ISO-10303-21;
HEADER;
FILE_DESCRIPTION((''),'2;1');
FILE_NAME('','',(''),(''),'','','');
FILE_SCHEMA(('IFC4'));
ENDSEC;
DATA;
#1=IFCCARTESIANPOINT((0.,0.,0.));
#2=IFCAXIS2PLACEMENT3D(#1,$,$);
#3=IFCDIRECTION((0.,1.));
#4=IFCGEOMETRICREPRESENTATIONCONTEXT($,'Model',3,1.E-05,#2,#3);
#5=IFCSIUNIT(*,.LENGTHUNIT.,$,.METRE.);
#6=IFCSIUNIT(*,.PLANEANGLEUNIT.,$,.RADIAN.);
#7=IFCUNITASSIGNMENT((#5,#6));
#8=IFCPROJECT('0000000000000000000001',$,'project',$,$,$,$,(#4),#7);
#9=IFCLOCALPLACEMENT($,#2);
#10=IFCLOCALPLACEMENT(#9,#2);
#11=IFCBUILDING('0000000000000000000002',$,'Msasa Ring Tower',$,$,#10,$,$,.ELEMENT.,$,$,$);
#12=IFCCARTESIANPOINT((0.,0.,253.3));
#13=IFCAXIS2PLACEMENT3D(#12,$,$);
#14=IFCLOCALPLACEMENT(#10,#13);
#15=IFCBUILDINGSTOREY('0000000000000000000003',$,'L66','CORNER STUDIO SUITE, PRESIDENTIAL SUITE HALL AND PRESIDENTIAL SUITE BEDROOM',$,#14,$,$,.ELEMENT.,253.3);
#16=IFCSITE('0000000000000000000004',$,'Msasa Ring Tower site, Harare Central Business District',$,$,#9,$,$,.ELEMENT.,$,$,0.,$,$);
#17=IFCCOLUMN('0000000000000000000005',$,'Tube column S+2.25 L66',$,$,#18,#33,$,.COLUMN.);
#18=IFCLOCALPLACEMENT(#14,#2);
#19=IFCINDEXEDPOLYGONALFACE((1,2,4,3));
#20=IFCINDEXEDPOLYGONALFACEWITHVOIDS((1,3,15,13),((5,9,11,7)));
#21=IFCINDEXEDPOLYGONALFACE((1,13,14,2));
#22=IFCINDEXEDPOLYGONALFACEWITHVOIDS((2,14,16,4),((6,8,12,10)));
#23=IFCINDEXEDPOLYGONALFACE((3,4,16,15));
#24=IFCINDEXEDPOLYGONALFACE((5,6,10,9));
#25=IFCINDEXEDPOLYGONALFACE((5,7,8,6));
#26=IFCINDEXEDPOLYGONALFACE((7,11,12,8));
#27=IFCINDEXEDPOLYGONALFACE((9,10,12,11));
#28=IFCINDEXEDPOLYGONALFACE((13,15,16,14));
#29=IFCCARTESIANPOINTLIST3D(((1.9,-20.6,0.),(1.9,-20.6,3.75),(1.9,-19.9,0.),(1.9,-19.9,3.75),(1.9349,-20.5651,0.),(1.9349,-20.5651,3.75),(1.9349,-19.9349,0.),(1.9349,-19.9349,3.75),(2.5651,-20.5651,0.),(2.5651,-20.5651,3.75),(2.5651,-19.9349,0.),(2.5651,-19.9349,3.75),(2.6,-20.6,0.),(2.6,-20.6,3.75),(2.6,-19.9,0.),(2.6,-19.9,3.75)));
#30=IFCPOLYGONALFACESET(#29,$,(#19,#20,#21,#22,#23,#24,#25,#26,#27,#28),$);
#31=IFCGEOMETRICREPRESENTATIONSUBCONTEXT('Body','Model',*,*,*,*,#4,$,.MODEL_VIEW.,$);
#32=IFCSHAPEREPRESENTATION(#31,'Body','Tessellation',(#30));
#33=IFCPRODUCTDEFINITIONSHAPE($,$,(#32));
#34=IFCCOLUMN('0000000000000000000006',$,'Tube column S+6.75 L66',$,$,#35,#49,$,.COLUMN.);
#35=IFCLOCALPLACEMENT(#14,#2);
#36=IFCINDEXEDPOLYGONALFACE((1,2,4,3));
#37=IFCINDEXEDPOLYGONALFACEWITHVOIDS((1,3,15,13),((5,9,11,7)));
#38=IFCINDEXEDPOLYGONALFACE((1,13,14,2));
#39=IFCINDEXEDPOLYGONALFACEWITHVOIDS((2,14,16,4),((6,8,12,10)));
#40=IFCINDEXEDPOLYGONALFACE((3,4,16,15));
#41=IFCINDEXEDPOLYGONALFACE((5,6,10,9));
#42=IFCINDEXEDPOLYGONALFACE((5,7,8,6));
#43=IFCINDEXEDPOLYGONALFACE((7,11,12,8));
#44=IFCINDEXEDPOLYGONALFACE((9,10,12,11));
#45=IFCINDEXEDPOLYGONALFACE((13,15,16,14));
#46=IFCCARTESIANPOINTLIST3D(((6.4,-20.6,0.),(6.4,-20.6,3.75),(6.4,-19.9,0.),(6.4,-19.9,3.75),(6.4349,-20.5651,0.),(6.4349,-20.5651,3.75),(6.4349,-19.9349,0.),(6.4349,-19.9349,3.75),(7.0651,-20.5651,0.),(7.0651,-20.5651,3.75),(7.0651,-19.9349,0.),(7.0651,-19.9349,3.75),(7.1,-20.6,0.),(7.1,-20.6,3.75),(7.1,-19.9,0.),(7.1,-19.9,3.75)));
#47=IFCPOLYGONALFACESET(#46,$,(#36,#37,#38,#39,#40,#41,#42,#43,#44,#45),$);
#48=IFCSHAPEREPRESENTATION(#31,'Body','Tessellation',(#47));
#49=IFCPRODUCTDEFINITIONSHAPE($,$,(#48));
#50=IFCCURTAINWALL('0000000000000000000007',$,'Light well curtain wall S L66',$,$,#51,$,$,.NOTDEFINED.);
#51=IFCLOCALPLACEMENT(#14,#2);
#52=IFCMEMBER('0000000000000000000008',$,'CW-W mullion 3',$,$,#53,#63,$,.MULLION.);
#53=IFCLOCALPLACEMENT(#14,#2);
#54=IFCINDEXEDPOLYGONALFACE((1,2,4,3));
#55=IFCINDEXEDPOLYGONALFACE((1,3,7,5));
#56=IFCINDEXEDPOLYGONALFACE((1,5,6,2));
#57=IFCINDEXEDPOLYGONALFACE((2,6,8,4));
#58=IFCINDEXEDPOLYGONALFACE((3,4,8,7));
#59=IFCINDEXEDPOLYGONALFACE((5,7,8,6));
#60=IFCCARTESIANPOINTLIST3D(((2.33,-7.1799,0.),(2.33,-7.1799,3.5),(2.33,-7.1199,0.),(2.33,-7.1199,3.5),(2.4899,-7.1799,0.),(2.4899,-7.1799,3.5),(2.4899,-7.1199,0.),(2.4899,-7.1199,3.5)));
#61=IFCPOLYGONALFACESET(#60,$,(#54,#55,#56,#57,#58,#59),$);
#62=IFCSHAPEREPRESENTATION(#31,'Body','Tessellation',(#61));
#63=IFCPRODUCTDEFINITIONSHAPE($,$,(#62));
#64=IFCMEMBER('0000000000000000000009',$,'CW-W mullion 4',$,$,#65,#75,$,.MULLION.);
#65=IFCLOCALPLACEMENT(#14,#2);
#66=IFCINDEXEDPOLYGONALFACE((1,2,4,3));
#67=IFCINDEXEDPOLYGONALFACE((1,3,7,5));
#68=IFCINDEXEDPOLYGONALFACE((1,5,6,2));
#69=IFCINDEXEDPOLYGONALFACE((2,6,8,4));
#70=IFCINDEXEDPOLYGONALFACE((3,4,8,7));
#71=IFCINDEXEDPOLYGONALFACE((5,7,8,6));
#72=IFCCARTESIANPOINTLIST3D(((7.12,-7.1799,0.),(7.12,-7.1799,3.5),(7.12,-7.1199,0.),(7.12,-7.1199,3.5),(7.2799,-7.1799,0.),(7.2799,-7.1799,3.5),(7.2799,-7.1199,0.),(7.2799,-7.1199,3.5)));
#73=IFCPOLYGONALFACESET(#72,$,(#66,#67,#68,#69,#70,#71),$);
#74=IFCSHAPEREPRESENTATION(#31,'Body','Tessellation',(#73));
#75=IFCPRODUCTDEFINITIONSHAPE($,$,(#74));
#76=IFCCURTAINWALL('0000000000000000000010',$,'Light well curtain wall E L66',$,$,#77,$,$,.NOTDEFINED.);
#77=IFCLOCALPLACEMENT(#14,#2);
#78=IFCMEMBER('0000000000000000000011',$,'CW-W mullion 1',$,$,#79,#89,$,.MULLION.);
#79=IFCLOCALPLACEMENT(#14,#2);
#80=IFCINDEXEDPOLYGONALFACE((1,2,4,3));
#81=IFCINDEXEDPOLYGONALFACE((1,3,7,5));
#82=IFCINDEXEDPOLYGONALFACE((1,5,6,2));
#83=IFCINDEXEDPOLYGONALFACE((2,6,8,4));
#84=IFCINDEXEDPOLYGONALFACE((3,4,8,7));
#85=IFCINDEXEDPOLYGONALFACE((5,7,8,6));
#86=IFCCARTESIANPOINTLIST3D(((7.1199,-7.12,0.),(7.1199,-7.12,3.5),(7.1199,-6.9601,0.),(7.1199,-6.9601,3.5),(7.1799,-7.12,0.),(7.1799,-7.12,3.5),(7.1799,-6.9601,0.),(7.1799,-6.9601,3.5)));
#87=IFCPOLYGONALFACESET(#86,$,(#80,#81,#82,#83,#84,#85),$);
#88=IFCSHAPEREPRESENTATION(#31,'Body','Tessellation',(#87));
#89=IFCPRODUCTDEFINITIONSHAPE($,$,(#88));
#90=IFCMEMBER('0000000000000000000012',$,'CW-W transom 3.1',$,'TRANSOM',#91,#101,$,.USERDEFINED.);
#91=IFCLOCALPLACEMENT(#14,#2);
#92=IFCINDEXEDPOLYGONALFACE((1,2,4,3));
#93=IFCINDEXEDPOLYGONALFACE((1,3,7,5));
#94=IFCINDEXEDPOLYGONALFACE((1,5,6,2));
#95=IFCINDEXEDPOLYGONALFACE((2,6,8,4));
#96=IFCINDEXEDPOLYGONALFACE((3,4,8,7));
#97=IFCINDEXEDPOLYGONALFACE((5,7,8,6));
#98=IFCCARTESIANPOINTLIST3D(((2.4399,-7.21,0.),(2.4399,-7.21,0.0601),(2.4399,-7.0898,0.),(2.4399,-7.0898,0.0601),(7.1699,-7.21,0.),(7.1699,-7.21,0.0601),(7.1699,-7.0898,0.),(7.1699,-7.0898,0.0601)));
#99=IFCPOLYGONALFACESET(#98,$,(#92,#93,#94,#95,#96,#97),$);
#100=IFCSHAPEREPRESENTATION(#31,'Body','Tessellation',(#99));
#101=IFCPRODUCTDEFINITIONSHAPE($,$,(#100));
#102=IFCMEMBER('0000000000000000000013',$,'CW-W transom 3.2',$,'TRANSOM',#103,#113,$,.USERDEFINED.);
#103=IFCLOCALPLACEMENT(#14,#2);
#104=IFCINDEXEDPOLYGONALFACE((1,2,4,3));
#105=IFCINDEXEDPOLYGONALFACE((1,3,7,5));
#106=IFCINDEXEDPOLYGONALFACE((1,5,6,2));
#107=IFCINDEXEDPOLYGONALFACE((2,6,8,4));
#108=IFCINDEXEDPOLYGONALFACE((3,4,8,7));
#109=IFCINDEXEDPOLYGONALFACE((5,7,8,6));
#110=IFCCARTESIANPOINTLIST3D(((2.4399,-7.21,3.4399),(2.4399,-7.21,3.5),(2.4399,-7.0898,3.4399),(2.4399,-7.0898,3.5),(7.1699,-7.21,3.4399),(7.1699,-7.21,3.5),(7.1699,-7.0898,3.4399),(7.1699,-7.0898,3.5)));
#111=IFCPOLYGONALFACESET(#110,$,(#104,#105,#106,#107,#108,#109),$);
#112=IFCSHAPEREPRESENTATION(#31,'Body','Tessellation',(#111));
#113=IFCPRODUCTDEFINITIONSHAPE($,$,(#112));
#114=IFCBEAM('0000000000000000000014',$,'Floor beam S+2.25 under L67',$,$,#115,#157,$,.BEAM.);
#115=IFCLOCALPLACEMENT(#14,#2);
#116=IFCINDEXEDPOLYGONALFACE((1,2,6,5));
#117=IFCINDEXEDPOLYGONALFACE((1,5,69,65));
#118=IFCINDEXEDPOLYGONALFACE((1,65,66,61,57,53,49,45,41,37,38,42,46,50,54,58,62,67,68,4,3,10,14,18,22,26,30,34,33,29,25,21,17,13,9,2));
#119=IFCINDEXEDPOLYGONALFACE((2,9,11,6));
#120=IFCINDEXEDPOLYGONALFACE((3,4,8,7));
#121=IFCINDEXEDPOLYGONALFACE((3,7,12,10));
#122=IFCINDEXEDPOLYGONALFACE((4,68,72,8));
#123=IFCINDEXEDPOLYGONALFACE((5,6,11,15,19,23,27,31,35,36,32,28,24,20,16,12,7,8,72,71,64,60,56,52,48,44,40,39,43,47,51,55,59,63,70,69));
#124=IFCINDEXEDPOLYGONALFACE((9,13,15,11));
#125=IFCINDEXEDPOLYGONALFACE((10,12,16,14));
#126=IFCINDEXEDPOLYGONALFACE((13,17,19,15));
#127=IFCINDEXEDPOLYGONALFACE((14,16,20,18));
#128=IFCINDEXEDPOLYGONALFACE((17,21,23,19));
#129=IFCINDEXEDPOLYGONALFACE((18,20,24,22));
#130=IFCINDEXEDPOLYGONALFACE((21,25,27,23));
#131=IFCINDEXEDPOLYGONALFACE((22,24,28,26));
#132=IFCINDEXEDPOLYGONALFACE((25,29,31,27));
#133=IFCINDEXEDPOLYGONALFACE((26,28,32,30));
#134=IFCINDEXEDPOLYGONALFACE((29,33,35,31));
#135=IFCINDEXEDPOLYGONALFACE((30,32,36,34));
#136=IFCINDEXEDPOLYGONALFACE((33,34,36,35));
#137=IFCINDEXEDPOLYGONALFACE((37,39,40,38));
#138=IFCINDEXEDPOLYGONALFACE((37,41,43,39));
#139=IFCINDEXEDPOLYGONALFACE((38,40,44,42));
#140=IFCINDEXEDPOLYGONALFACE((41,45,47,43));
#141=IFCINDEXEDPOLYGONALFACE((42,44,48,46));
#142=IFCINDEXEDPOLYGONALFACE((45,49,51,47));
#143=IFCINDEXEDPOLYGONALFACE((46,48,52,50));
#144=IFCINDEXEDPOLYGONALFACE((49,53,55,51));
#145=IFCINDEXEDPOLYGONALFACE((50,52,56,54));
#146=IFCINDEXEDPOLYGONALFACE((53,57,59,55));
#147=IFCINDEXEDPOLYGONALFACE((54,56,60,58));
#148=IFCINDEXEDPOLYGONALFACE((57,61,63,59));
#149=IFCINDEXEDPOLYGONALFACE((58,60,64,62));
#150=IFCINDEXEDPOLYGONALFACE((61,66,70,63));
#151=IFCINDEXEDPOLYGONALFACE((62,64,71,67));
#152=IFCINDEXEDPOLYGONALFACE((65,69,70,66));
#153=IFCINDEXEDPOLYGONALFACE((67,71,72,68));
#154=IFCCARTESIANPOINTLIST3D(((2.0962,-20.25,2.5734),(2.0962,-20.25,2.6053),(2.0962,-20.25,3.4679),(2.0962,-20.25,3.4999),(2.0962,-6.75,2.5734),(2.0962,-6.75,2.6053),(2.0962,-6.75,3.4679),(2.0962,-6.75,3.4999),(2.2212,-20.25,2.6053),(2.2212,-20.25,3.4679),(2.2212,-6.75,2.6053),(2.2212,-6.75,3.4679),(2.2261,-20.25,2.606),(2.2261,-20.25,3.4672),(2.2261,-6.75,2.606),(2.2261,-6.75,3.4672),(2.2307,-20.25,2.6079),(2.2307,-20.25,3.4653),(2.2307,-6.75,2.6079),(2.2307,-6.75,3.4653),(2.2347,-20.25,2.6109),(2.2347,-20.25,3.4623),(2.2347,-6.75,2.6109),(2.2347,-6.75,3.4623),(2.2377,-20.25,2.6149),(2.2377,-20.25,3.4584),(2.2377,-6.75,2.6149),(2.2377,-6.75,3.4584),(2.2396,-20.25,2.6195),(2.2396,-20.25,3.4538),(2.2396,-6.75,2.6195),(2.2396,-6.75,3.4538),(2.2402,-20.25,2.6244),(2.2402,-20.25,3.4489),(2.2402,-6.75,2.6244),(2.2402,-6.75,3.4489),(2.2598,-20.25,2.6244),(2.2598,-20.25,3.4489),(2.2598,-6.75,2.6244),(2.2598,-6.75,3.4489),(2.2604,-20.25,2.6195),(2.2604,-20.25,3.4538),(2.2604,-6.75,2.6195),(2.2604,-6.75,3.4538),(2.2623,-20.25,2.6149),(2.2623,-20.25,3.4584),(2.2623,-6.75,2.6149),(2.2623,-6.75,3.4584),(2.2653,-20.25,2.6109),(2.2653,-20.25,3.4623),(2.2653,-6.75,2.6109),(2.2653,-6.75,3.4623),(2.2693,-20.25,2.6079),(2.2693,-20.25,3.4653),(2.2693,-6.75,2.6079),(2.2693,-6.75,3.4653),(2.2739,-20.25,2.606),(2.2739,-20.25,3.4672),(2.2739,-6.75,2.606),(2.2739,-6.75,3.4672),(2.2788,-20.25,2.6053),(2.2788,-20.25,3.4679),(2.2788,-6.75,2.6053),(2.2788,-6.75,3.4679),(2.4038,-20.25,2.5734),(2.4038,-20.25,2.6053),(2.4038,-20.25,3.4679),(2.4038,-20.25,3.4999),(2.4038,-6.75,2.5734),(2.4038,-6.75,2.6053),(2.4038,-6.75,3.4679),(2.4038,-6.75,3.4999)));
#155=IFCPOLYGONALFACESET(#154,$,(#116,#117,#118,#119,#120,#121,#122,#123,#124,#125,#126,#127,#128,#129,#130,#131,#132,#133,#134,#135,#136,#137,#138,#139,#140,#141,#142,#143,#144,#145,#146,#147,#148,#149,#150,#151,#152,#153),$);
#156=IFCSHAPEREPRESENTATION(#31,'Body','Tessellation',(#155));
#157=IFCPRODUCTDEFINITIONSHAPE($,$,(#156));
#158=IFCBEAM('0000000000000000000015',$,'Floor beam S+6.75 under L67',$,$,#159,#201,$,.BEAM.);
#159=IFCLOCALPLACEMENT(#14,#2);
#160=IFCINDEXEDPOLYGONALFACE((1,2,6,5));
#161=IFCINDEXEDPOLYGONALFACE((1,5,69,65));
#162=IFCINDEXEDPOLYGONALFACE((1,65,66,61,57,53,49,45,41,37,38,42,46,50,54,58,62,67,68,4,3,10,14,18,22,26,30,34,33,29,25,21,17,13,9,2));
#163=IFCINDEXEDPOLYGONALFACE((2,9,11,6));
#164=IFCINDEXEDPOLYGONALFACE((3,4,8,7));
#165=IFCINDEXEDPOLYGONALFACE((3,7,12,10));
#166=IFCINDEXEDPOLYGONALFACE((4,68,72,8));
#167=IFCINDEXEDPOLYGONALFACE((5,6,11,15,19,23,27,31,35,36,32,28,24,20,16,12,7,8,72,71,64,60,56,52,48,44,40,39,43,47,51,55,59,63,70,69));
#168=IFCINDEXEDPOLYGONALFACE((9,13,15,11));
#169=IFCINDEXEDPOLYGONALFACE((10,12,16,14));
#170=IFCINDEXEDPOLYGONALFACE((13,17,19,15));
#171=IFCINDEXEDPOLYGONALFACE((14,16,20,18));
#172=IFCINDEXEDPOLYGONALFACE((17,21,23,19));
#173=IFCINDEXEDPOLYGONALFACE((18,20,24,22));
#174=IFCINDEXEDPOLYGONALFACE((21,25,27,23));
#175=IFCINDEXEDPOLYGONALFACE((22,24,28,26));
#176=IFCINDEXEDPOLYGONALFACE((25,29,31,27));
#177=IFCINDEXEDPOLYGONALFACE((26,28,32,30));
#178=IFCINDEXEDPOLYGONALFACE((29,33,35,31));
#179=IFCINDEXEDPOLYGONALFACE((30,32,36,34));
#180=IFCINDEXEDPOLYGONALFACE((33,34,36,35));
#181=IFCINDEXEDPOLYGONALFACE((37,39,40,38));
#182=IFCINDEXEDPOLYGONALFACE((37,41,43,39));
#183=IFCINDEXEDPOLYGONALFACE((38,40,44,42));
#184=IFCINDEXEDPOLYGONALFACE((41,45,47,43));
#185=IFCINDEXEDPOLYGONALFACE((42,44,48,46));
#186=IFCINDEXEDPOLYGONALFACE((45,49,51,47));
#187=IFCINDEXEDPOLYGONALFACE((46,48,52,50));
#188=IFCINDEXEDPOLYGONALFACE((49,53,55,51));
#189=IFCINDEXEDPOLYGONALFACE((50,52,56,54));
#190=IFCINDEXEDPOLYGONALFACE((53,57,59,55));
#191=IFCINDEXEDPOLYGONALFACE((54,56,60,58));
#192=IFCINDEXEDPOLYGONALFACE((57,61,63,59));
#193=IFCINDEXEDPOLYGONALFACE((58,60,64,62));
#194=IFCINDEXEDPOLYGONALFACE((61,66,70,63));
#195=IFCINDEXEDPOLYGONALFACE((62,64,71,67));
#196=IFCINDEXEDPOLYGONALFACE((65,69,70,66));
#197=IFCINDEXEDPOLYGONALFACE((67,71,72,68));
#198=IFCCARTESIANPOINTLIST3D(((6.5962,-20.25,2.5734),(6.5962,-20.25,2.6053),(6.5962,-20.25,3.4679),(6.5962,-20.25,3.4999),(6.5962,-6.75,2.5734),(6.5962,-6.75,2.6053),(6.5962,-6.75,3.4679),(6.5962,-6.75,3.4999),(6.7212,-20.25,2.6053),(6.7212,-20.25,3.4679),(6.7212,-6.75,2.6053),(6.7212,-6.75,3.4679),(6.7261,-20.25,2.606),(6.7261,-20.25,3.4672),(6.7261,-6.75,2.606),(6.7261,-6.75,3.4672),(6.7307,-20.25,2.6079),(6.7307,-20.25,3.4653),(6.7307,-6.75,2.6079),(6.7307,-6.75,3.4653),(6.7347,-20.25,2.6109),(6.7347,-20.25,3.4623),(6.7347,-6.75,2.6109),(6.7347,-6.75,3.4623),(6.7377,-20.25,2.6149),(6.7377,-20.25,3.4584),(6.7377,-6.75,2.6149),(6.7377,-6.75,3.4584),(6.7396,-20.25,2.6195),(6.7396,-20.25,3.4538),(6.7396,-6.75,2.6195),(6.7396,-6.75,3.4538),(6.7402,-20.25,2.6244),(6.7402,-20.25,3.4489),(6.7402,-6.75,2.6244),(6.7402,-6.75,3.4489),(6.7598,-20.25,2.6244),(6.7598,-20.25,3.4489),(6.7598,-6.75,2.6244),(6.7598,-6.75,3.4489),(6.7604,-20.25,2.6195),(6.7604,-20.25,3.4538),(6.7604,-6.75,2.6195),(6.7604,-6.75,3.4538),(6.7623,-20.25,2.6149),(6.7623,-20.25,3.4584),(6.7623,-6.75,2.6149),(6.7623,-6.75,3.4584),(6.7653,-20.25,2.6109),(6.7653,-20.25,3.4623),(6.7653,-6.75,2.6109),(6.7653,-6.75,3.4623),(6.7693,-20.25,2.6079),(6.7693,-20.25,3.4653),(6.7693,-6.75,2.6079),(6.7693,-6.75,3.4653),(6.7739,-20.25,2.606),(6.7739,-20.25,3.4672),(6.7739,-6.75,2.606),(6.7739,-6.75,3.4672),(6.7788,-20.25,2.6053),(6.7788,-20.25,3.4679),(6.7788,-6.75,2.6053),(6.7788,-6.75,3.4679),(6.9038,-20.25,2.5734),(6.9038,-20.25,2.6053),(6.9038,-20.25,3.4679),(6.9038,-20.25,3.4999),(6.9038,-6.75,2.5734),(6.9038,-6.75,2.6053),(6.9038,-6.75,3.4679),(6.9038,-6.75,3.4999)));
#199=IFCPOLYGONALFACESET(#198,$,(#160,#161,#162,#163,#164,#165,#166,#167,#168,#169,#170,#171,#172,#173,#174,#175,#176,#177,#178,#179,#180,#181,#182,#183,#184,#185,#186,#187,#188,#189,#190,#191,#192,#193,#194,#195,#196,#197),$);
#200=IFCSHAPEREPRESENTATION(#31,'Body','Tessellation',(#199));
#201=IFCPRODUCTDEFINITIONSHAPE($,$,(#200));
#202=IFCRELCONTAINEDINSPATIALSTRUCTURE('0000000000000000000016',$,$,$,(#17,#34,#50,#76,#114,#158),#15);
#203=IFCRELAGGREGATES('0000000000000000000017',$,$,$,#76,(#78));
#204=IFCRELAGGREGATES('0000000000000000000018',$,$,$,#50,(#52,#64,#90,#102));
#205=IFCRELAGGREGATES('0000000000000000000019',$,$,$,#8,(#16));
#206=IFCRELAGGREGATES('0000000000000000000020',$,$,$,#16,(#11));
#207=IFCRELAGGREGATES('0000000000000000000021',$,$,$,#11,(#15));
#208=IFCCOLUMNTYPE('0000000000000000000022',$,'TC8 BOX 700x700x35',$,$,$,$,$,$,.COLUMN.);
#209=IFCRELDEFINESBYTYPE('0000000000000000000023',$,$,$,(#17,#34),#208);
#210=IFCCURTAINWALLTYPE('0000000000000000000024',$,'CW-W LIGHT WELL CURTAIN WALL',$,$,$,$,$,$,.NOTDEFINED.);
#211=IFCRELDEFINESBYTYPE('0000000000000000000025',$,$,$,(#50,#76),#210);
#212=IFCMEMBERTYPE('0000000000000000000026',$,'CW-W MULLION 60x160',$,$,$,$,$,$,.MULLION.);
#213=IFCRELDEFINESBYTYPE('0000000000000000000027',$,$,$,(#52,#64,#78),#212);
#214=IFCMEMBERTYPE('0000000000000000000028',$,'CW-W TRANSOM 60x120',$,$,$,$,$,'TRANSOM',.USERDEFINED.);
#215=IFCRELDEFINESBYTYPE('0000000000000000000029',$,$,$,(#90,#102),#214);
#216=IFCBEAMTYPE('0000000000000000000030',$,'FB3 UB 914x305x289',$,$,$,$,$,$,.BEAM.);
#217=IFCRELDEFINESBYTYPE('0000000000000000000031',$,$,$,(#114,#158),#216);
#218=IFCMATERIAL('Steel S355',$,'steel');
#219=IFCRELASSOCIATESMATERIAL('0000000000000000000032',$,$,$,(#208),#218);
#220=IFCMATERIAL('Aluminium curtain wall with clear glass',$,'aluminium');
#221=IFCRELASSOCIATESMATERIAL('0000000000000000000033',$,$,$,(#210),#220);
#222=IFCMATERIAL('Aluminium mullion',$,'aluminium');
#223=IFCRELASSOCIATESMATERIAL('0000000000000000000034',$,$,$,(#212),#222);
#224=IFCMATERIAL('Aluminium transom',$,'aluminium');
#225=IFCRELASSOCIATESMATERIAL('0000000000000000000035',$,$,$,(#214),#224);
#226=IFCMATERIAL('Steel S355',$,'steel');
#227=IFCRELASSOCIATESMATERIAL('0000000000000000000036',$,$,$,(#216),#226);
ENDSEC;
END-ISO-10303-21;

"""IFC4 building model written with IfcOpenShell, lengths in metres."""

from ifc_helpers import new_model, si_unit, direction, frame, origin, origin_2d, place, context, subcontext, project, spatial, rectangle, hollow_rectangle, i_section, extrude, material, material_profile, profile_set, type_object, element, aggregate, save


model = new_model("IFC4")

# Units and contexts
model_context = context("Model", 3, precision=1e-05, world=origin(), true_north=direction((0.0, 1.0)))
body_context = subcontext(model_context, "Body", "Model", "MODEL_VIEW")
ifc_project = project(units=[si_unit("LENGTHUNIT", "METRE"), si_unit("PLANEANGLEUNIT", "RADIAN")], contexts=[model_context])

# Site, building, storey
site_placement = place(None, origin())
site = spatial("IfcSite", under=ifc_project, at=site_placement, Name="Msasa Ring Tower site, Harare Central Business District", CompositionType="ELEMENT", RefElevation=0.0)
building_placement = place(site_placement, origin())
building = spatial("IfcBuilding", under=site, at=building_placement, Name="Msasa Ring Tower", CompositionType="ELEMENT")
storey_placement = place(building_placement, frame((0.0, 0.0, 253.3)))
storey = spatial("IfcBuildingStorey", under=building, at=storey_placement, Name="L66", Description="CORNER STUDIO SUITE, PRESIDENTIAL SUITE HALL AND PRESIDENTIAL SUITE BEDROOM", CompositionType="ELEMENT", Elevation=253.3)

# Columns
ifc_material_1 = material(Name="Steel S355", Category="steel")
ifc_material_profile_1 = material_profile(ifc_material_1, hollow_rectangle(XDim=0.7, YDim=0.7, WallThickness=0.0349, at=origin_2d()), Name="BOX 700x700x35")
ifc_profile_set_1 = profile_set([ifc_material_profile_1], Name="Steel S355")
column_type = type_object("IfcColumnType", Name="TC8 BOX 700x700x35", PredefinedType="COLUMN", material=ifc_profile_set_1)
for number, where, z_axis, x_axis, name in (
    (1, (2.25, -20.25, 0.0), (0.0, 0.0, 1.0), (0.0, 1.0, 0.0), "Tube column S+2.25 L66"),
    (2, (6.75, -20.25, 0.0), (0.0, 0.0, 1.0), (0.0, 1.0, 0.0), "Tube column S+6.75 L66"),
):
    element("IfcColumn", number, at=place(storey_placement, frame(where, z_axis=z_axis, x_axis=x_axis)), inside=storey, type_object=column_type, Name=name, PredefinedType="COLUMN", context=body_context, shape_type="SweptSolid", body=[
        extrude(hollow_rectangle(XDim=0.7, YDim=0.7, WallThickness=0.0349, at=origin_2d()), origin(), (0.0, 0.0, 1.0), 3.75),
    ])

# Curtain wall, members
ifc_material_2 = material(Name="Aluminium curtain wall with clear glass", Category="aluminium")
curtain_wall_type = type_object("IfcCurtainWallType", Name="CW-W LIGHT WELL CURTAIN WALL", PredefinedType="NOTDEFINED", material=ifc_material_2)
curtain_wall_1_placement = place(storey_placement, origin())
curtain_wall_1 = element("IfcCurtainWall", 3, at=curtain_wall_1_placement, inside=storey, type_object=curtain_wall_type, Name="Light well curtain wall S L66", PredefinedType="NOTDEFINED")
ifc_material_3 = material(Name="Aluminium mullion", Category="aluminium")
ifc_material_profile_2 = material_profile(ifc_material_3, rectangle(XDim=0.0601, YDim=0.1599, at=origin_2d()), Name="AL 60x160")
ifc_profile_set_2 = profile_set([ifc_material_profile_2], Name="Aluminium mullion")
member_type_1 = type_object("IfcMemberType", Name="CW-W MULLION 60x160", PredefinedType="MULLION", material=ifc_profile_set_2)
member_1_placement = place(storey_placement, frame((2.4099, -7.1499, 0.0), z_axis=(0.0, 0.0, 1.0), x_axis=(0.0, 1.0, 0.0)))
member_1 = element("IfcMember", 4, at=member_1_placement, type_object=member_type_1, Name="CW-W mullion 3", PredefinedType="MULLION", context=body_context, shape_type="SweptSolid", body=[
    extrude(rectangle(XDim=0.0601, YDim=0.1599, at=origin_2d()), origin(), (0.0, 0.0, 1.0), 3.5),
])
member_2_placement = place(storey_placement, frame((7.2, -7.1499, 0.0), z_axis=(0.0, 0.0, 1.0), x_axis=(0.0, 1.0, 0.0)))
member_2 = element("IfcMember", 5, at=member_2_placement, type_object=member_type_1, Name="CW-W mullion 4", PredefinedType="MULLION", context=body_context, shape_type="SweptSolid", body=[
    extrude(rectangle(XDim=0.0601, YDim=0.1599, at=origin_2d()), origin(), (0.0, 0.0, 1.0), 3.5),
])

# Curtain wall, member
curtain_wall_2_placement = place(storey_placement, origin())
curtain_wall_2 = element("IfcCurtainWall", 6, at=curtain_wall_2_placement, inside=storey, type_object=curtain_wall_type, Name="Light well curtain wall E L66", PredefinedType="NOTDEFINED")
member_3_placement = place(storey_placement, frame((7.1499, -7.04, 0.0), z_axis=(0.0, 0.0, 1.0), x_axis=(-1.0, 0.0, 0.0)))
member_3 = element("IfcMember", 7, at=member_3_placement, type_object=member_type_1, Name="CW-W mullion 1", PredefinedType="MULLION", context=body_context, shape_type="SweptSolid", body=[
    extrude(rectangle(XDim=0.0601, YDim=0.1599, at=origin_2d()), origin(), (0.0, 0.0, 1.0), 3.5),
])
aggregate(curtain_wall_2, [member_3])

# Members
ifc_material_4 = material(Name="Aluminium transom", Category="aluminium")
ifc_material_profile_3 = material_profile(ifc_material_4, rectangle(XDim=0.1201, YDim=0.0601, at=origin_2d()), Name="AL 60x120")
ifc_profile_set_3 = profile_set([ifc_material_profile_3], Name="Aluminium transom")
member_type_2 = type_object("IfcMemberType", Name="CW-W TRANSOM 60x120", ElementType="TRANSOM", PredefinedType="USERDEFINED", material=ifc_profile_set_3)
member_4_placement = place(storey_placement, frame((2.4399, -7.1499, 0.03), z_axis=(1.0, 0.0, 0.0), x_axis=(0.0, 1.0, 0.0)))
member_4 = element("IfcMember", 8, at=member_4_placement, type_object=member_type_2, Name="CW-W transom 3.1", ObjectType="TRANSOM", PredefinedType="USERDEFINED", context=body_context, shape_type="SweptSolid", body=[
    extrude(rectangle(XDim=0.1201, YDim=0.0601, at=origin_2d()), origin(), (0.0, 0.0, 1.0), 4.73),
])
member_5_placement = place(storey_placement, frame((2.4399, -7.1499, 3.47), z_axis=(1.0, 0.0, 0.0), x_axis=(0.0, 1.0, 0.0)))
member_5 = element("IfcMember", 9, at=member_5_placement, type_object=member_type_2, Name="CW-W transom 3.2", ObjectType="TRANSOM", PredefinedType="USERDEFINED", context=body_context, shape_type="SweptSolid", body=[
    extrude(rectangle(XDim=0.1201, YDim=0.0601, at=origin_2d()), origin(), (0.0, 0.0, 1.0), 4.73),
])

# Beams
ifc_material_5 = material(Name="Steel S355", Category="steel")
ifc_material_profile_4 = material_profile(ifc_material_5, i_section(OverallWidth=0.3076, OverallDepth=0.9265, WebThickness=0.0195, FlangeThickness=0.032, FilletRadius=0.019, at=origin_2d()), Name="UB 914x305x289")
ifc_profile_set_4 = profile_set([ifc_material_profile_4], Name="Steel S355")
beam_type_1 = type_object("IfcBeamType", Name="FB3 UB 914x305x289", PredefinedType="BEAM", material=ifc_profile_set_4)
for number, where, z_axis, x_axis, name in (
    (10, (2.25, -20.25, 3.0366), (0.0, 1.0, 0.0), (-1.0, 0.0, 0.0), "Floor beam S+2.25 under L67"),
    (11, (6.75, -20.25, 3.0366), (0.0, 1.0, 0.0), (-1.0, 0.0, 0.0), "Floor beam S+6.75 under L67"),
):
    element("IfcBeam", number, at=place(storey_placement, frame(where, z_axis=z_axis, x_axis=x_axis)), inside=storey, type_object=beam_type_1, Name=name, PredefinedType="BEAM", context=body_context, shape_type="SweptSolid", body=[
        extrude(i_section(OverallWidth=0.3076, OverallDepth=0.9265, WebThickness=0.0195, FlangeThickness=0.032, FilletRadius=0.019, at=origin_2d()), origin(), (0.0, 0.0, 1.0), 13.5),
    ])

aggregate(curtain_wall_1, [member_1, member_2, member_4, member_5])

save(model, "model.ifc")
